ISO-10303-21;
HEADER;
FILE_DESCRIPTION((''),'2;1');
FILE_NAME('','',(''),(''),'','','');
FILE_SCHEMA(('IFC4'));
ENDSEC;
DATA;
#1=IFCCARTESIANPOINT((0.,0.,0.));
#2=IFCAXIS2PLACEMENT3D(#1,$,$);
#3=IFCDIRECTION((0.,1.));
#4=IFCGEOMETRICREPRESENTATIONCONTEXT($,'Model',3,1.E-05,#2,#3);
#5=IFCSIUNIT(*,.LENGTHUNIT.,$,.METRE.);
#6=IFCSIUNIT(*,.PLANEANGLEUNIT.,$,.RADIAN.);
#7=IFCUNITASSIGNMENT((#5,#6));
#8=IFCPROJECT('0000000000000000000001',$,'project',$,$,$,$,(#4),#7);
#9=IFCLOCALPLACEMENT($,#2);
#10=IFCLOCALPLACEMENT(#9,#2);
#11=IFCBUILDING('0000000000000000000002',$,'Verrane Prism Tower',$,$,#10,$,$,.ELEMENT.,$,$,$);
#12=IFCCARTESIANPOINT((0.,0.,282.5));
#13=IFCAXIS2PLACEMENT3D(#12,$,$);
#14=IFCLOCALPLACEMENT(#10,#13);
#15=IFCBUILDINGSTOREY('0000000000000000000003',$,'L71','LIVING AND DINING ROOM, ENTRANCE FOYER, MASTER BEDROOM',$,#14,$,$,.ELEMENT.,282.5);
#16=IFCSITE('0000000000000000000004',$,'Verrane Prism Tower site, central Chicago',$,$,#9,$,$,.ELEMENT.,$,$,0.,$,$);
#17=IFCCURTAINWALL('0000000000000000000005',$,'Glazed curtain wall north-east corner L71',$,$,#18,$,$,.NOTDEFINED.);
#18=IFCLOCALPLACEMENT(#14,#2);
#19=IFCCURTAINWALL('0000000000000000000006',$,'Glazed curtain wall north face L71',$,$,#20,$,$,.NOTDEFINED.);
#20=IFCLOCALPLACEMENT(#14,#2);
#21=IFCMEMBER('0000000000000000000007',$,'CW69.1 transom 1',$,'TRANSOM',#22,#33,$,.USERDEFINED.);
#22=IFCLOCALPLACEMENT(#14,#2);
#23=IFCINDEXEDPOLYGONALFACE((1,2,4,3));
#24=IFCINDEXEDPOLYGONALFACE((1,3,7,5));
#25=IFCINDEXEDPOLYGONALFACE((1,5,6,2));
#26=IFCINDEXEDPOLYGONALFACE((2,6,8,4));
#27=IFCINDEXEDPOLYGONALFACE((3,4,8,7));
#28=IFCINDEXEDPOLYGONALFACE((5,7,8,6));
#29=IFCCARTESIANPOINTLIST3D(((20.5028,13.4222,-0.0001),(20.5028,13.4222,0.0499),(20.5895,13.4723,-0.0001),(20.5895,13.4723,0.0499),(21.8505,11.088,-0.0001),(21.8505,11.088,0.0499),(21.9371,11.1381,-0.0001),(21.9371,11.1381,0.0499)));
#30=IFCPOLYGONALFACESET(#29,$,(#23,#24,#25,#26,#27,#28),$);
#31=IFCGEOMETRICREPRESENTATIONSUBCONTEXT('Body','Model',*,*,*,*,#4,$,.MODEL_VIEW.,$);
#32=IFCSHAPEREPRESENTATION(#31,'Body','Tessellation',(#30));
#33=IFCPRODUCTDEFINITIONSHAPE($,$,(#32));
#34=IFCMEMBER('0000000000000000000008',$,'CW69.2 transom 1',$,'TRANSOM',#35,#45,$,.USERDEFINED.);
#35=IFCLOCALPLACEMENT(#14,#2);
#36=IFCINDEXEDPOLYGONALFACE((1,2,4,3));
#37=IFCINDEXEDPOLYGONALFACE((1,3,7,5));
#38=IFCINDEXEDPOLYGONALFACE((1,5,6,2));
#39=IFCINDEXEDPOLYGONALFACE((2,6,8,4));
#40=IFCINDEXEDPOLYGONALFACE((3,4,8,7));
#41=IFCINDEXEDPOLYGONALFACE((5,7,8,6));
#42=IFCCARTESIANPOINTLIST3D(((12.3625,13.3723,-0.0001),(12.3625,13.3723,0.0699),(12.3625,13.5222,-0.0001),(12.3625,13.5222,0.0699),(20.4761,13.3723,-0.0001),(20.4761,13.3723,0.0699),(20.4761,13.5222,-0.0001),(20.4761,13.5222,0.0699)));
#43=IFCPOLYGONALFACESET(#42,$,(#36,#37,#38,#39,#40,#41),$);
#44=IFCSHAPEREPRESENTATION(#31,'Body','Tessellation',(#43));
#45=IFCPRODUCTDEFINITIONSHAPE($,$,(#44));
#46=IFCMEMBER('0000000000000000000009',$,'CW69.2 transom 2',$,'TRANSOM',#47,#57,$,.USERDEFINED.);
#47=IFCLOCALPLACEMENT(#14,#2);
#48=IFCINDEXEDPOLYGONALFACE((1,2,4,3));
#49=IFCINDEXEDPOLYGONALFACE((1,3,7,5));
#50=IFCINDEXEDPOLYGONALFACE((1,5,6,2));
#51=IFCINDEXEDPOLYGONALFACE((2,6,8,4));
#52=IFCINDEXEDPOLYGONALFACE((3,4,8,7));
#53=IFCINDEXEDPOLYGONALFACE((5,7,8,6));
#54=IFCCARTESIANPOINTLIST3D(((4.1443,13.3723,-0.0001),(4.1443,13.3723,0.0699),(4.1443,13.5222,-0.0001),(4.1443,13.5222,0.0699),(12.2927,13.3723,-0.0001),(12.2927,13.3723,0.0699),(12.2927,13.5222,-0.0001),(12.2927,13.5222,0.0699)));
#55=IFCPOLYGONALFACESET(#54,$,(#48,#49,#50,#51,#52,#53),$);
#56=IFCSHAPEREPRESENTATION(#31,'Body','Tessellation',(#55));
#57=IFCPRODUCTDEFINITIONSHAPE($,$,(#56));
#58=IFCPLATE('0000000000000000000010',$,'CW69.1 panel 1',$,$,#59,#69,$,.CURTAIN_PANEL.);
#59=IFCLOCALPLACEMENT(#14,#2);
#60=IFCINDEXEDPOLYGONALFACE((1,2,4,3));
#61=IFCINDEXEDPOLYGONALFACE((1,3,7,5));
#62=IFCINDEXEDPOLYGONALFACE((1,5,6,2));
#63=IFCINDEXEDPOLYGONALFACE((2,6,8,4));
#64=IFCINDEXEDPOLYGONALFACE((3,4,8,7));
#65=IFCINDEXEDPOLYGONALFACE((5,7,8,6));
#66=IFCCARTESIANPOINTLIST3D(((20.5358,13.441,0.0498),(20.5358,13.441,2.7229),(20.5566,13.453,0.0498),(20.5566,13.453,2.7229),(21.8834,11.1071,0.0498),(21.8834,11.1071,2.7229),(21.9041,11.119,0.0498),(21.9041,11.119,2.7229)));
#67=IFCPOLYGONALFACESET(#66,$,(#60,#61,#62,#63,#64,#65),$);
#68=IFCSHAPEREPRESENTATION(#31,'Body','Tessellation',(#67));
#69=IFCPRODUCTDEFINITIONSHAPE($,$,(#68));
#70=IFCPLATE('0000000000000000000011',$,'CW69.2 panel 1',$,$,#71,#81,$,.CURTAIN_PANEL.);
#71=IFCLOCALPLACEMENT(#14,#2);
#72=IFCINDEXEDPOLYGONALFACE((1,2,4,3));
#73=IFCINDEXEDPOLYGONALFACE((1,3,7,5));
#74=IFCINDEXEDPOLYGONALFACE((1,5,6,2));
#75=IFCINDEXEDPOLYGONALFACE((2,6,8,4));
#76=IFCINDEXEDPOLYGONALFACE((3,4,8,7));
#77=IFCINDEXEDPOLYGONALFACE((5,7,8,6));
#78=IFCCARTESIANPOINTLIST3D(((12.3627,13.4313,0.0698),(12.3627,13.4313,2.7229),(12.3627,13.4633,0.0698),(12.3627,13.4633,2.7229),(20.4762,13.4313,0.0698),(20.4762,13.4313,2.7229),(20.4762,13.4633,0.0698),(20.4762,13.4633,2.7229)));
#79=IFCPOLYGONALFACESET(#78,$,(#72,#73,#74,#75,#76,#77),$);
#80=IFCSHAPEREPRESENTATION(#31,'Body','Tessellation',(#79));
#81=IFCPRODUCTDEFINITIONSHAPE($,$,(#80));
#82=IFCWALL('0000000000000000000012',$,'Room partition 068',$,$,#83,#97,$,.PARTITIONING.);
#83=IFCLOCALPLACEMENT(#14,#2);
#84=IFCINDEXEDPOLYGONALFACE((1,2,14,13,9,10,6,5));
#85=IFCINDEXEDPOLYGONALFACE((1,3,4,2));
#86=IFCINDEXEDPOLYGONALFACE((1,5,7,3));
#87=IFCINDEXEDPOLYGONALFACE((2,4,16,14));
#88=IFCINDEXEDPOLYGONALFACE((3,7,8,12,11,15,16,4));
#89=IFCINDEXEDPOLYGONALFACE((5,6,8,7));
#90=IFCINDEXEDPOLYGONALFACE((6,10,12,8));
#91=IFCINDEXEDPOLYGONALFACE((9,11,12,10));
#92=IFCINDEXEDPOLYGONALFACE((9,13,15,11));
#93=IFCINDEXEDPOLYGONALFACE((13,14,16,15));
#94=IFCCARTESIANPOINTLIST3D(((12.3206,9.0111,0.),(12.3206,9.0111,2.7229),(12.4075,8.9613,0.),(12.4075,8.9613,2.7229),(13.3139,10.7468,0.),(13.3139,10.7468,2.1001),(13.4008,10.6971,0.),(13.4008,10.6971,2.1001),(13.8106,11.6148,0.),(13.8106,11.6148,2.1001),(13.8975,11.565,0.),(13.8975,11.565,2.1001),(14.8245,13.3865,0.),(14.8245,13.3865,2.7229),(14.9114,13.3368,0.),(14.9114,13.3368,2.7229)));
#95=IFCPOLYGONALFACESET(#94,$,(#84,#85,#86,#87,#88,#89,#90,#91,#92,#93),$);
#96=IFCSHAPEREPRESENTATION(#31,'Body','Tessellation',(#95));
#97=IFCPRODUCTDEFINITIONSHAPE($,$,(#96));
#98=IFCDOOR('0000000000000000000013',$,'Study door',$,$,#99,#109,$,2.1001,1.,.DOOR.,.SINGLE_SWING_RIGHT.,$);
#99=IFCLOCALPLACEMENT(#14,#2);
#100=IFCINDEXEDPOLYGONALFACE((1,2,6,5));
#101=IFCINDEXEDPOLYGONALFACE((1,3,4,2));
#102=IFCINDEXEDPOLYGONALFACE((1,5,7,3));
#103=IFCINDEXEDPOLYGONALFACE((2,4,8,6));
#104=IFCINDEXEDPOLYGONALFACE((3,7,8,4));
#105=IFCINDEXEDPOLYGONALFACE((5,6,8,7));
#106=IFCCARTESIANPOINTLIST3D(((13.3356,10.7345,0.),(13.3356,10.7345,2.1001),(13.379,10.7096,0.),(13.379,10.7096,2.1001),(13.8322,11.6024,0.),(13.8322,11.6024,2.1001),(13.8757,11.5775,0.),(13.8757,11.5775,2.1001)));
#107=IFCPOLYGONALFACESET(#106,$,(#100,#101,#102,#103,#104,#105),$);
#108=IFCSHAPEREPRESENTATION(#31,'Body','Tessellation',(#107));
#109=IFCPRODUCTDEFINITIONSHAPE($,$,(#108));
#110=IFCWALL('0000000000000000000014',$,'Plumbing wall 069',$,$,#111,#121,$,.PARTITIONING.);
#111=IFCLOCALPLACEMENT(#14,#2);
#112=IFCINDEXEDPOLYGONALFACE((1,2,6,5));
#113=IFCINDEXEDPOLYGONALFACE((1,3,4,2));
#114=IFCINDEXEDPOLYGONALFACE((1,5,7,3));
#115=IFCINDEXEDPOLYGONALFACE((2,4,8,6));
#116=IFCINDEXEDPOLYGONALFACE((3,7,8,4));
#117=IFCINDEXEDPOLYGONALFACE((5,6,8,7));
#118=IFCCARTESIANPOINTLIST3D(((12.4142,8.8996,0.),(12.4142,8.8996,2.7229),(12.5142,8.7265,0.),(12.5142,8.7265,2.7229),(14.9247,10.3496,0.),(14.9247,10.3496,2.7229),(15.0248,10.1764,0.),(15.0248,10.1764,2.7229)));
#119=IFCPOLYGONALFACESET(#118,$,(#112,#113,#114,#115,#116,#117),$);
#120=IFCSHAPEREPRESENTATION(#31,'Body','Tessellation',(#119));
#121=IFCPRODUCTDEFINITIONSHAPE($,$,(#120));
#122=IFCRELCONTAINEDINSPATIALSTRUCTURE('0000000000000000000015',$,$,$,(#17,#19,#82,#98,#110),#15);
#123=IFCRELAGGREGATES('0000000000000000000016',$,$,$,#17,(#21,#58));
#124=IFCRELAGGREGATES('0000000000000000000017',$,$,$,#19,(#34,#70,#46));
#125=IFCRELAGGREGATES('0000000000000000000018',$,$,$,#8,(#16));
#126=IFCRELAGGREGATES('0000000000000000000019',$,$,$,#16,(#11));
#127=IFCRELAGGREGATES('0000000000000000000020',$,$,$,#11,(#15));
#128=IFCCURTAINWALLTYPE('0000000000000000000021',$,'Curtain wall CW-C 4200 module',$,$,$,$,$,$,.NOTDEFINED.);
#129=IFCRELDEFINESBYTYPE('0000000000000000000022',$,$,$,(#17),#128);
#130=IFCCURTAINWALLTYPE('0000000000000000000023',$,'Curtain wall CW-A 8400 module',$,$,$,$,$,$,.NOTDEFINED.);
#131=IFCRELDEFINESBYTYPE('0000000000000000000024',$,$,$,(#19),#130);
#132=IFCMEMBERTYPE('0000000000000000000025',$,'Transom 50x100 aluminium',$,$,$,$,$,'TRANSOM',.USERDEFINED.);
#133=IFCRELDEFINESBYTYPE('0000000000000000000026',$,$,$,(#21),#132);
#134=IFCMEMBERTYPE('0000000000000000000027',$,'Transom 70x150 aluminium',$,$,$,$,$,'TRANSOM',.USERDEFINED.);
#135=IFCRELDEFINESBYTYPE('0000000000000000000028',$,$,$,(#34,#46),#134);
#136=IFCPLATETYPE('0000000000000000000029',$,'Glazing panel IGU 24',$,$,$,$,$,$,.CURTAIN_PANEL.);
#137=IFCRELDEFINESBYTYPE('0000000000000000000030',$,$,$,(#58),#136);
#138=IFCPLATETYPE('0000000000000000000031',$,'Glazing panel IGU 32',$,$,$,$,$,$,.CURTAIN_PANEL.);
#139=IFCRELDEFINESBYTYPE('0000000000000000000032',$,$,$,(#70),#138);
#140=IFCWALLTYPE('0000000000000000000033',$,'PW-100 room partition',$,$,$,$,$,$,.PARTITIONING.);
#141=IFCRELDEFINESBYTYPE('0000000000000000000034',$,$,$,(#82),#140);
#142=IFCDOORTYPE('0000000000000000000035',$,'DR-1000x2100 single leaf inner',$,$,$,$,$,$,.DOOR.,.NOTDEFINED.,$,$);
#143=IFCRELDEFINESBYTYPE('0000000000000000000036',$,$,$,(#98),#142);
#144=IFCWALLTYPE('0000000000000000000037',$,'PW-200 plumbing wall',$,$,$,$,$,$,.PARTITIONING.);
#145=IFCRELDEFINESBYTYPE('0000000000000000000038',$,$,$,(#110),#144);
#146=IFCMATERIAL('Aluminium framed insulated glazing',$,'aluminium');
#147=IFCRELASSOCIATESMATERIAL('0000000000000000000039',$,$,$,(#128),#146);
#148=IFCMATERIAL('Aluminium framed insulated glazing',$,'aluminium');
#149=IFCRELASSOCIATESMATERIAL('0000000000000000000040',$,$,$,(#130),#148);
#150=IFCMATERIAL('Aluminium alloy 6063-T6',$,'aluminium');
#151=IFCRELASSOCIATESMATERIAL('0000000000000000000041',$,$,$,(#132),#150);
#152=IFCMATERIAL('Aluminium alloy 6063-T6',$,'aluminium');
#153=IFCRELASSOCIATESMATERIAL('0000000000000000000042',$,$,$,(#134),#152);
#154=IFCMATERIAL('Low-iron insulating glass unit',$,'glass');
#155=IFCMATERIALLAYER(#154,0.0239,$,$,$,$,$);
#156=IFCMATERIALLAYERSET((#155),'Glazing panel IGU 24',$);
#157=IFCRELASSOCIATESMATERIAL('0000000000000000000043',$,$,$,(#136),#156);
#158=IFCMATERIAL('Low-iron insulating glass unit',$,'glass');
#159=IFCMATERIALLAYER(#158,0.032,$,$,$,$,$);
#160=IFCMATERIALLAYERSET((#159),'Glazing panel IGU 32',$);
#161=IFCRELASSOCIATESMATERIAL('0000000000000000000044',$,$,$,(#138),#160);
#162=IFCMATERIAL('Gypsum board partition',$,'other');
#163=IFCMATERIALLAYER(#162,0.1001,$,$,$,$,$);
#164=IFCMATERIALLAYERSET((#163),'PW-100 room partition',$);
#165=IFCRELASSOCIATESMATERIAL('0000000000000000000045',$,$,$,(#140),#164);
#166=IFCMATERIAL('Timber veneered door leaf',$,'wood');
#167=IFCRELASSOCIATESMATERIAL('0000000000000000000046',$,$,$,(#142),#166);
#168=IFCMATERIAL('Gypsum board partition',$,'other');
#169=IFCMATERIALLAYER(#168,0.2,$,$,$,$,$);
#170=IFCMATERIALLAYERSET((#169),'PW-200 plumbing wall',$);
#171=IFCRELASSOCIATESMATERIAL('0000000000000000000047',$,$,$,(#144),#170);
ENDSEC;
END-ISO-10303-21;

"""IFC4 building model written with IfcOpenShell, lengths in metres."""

from ifc_helpers import new_model, si_unit, direction, frame, frame_2d, origin, origin_2d, place, context, subcontext, project, spatial, rectangle, extrude, material, layer, layer_set, material_profile, profile_set, type_object, element, fill, aggregate, save


model = new_model("IFC4")

# Units and contexts
model_context = context("Model", 3, precision=1e-05, world=origin(), true_north=direction((0.0, 1.0)))
body_context = subcontext(model_context, "Body", "Model", "MODEL_VIEW")
ifc_project = project(units=[si_unit("LENGTHUNIT", "METRE"), si_unit("PLANEANGLEUNIT", "RADIAN")], contexts=[model_context])

# Site, building, storey
site_placement = place(None, origin())
site = spatial("IfcSite", under=ifc_project, at=site_placement, Name="Verrane Prism Tower site, central Chicago", CompositionType="ELEMENT", RefElevation=0.0)
building_placement = place(site_placement, origin())
building = spatial("IfcBuilding", under=site, at=building_placement, Name="Verrane Prism Tower", CompositionType="ELEMENT")
storey_placement = place(building_placement, frame((0.0, 0.0, 282.5)))
storey = spatial("IfcBuildingStorey", under=building, at=storey_placement, Name="L71", Description="LIVING AND DINING ROOM, ENTRANCE FOYER, MASTER BEDROOM", CompositionType="ELEMENT", Elevation=282.5)

# Curtain wall
ifc_material_1 = material(Name="Aluminium framed insulated glazing", Category="aluminium")
curtain_wall_type_1 = type_object("IfcCurtainWallType", Name="Curtain wall CW-C 4200 module", PredefinedType="NOTDEFINED", material=ifc_material_1)
curtain_wall_1_placement = place(storey_placement, origin())
curtain_wall_1 = element("IfcCurtainWall", 1, at=curtain_wall_1_placement, inside=storey, type_object=curtain_wall_type_1, Name="Glazed curtain wall north-east corner L71", PredefinedType="NOTDEFINED")

# Curtain wall
ifc_material_2 = material(Name="Aluminium framed insulated glazing", Category="aluminium")
curtain_wall_type_2 = type_object("IfcCurtainWallType", Name="Curtain wall CW-A 8400 module", PredefinedType="NOTDEFINED", material=ifc_material_2)
curtain_wall_2_placement = place(storey_placement, origin())
curtain_wall_2 = element("IfcCurtainWall", 2, at=curtain_wall_2_placement, inside=storey, type_object=curtain_wall_type_2, Name="Glazed curtain wall north face L71", PredefinedType="NOTDEFINED")

# Members
ifc_material_3 = material(Name="Aluminium alloy 6063-T6", Category="aluminium")
ifc_material_profile_1 = material_profile(ifc_material_3, rectangle(XDim=0.1001, YDim=0.05, at=origin_2d()), Name="Transom 50x100 aluminium")
ifc_profile_set_1 = profile_set([ifc_material_profile_1], Name="Aluminium alloy 6063-T6")
member_type_1 = type_object("IfcMemberType", Name="Transom 50x100 aluminium", ElementType="TRANSOM", PredefinedType="USERDEFINED", material=ifc_profile_set_1)
member_1_placement = place(storey_placement, frame((21.8938, 11.113, 0.0249), z_axis=(-0.499997, 0.866027, 0.0), x_axis=(-0.866027, -0.499997, 0.0)))
member_1 = element("IfcMember", 3, at=member_1_placement, type_object=member_type_1, Name="CW69.1 transom 1", ObjectType="TRANSOM", PredefinedType="USERDEFINED", context=body_context, shape_type="SweptSolid", body=[
    extrude(rectangle(XDim=0.1001, YDim=0.05, at=origin_2d()), origin(), (0.0, 0.0, 1.0), 2.6953),
])
ifc_material_4 = material(Name="Aluminium alloy 6063-T6", Category="aluminium")
ifc_material_profile_2 = material_profile(ifc_material_4, rectangle(XDim=0.1499, YDim=0.0701, at=origin_2d()), Name="Transom 70x150 aluminium")
ifc_profile_set_2 = profile_set([ifc_material_profile_2], Name="Aluminium alloy 6063-T6")
member_type_2 = type_object("IfcMemberType", Name="Transom 70x150 aluminium", ElementType="TRANSOM", PredefinedType="USERDEFINED", material=ifc_profile_set_2)
member_2_placement = place(storey_placement, frame((20.4761, 13.4473, 0.0349), z_axis=(-1.0, 0.0, 0.0), x_axis=(0.0, -1.0, 0.0)))
member_2 = element("IfcMember", 4, at=member_2_placement, type_object=member_type_2, Name="CW69.2 transom 1", ObjectType="TRANSOM", PredefinedType="USERDEFINED", context=body_context, shape_type="SweptSolid", body=[
    extrude(rectangle(XDim=0.1499, YDim=0.0701, at=origin_2d()), origin(), (0.0, 0.0, 1.0), 8.1135),
])
member_3_placement = place(storey_placement, frame((12.2927, 13.4473, 0.0349), z_axis=(-1.0, 0.0, 0.0), x_axis=(0.0, -1.0, 0.0)))
member_3 = element("IfcMember", 5, at=member_3_placement, type_object=member_type_2, Name="CW69.2 transom 2", ObjectType="TRANSOM", PredefinedType="USERDEFINED", context=body_context, shape_type="SweptSolid", body=[
    extrude(rectangle(XDim=0.1499, YDim=0.0701, at=origin_2d()), origin(), (0.0, 0.0, 1.0), 8.1484),
])

# Plates
ifc_material_5 = material(Name="Low-iron insulating glass unit", Category="glass")
ifc_layer_1 = layer(ifc_material_5, 0.0239)
ifc_layer_set_1 = layer_set([ifc_layer_1], Name="Glazing panel IGU 24")
plate_type_1 = type_object("IfcPlateType", Name="Glazing panel IGU 24", PredefinedType="CURTAIN_PANEL", material=ifc_layer_set_1)
plate_1_placement = place(storey_placement, frame((21.22, 12.28, 0.0498), z_axis=(0.0, 0.0, 1.0), x_axis=(-0.500002, 0.866024, 0.0)))
plate_1 = element("IfcPlate", 6, at=plate_1_placement, type_object=plate_type_1, Name="CW69.1 panel 1", PredefinedType="CURTAIN_PANEL", context=body_context, shape_type="SweptSolid", body=[
    extrude(rectangle(XDim=2.6951, YDim=0.0239, at=origin_2d()), origin(), (0.0, 0.0, 1.0), 2.6731),
])
aggregate(curtain_wall_1, [member_1, plate_1])
ifc_material_6 = material(Name="Low-iron insulating glass unit", Category="glass")
ifc_layer_2 = layer(ifc_material_6, 0.032)
ifc_layer_set_2 = layer_set([ifc_layer_2], Name="Glazing panel IGU 32")
plate_type_2 = type_object("IfcPlateType", Name="Glazing panel IGU 32", PredefinedType="CURTAIN_PANEL", material=ifc_layer_set_2)
plate_2_placement = place(storey_placement, frame((16.4194, 13.4473, 0.0698), z_axis=(0.0, 0.0, 1.0), x_axis=(-1.0, 0.0, 0.0)))
plate_2 = element("IfcPlate", 7, at=plate_2_placement, type_object=plate_type_2, Name="CW69.2 panel 1", PredefinedType="CURTAIN_PANEL", context=body_context, shape_type="SweptSolid", body=[
    extrude(rectangle(XDim=8.1135, YDim=0.032, at=origin_2d()), origin(), (0.0, 0.0, 1.0), 2.6531),
])
aggregate(curtain_wall_2, [member_2, plate_2, member_3])

# Wall, opening, door
ifc_material_7 = material(Name="Gypsum board partition", Category="other")
ifc_layer_3 = layer(ifc_material_7, 0.1001)
ifc_layer_set_3 = layer_set([ifc_layer_3], Name="PW-100 room partition")
wall_type_1 = type_object("IfcWallType", Name="PW-100 room partition", PredefinedType="PARTITIONING", material=ifc_layer_set_3)
wall_1_placement = place(storey_placement, frame((14.8679, 13.3616, 0.0), z_axis=(0.0, 0.0, 1.0), x_axis=(-0.496681, -0.867933, 0.0)))
wall_1 = element("IfcWall", 8, at=wall_1_placement, inside=storey, type_object=wall_type_1, Name="Room partition 068", PredefinedType="PARTITIONING", context=body_context, shape_type="SweptSolid", body=[
    extrude(rectangle(XDim=5.0413, YDim=0.1001, at=frame_2d((2.5205, 0.0))), origin(), (0.0, 0.0, 1.0), 2.7229),
])
opening_placement = place(wall_1_placement, frame((2.0413, 0.0, 0.0)))
opening = element("IfcOpeningElement", 9, at=opening_placement, cuts=wall_1, PredefinedType="OPENING", context=body_context, shape_type="SweptSolid", body=[
    extrude(rectangle(XDim=1.0, YDim=2.1001, at=frame_2d((0.5, 1.05))), frame((0.0, 0.0601, 0.0), z_axis=(0.0, -1.0, 0.0), x_axis=(1.0, 0.0, 0.0)), (0.0, 0.0, 1.0), 0.1201),
])
ifc_material_8 = material(Name="Timber veneered door leaf", Category="wood")
door_type = type_object("IfcDoorType", Name="DR-1000x2100 single leaf inner", OperationType="NOTDEFINED", PredefinedType="DOOR", material=ifc_material_8)
door_placement = place(opening_placement, origin())
door = element("IfcDoor", 10, at=door_placement, inside=storey, type_object=door_type, Name="Study door", OperationType="SINGLE_SWING_RIGHT", OverallHeight=2.1001, OverallWidth=1.0, PredefinedType="DOOR", context=body_context, shape_type="SweptSolid", body=[
    extrude(rectangle(XDim=1.0, YDim=2.1001, at=frame_2d((0.5, 1.05))), frame((0.0, 0.0249, 0.0), z_axis=(0.0, -1.0, 0.0), x_axis=(1.0, 0.0, 0.0)), (0.0, 0.0, 1.0), 0.05),
])
fill(opening, door)

# Wall
ifc_material_9 = material(Name="Gypsum board partition", Category="other")
ifc_layer_4 = layer(ifc_material_9, 0.2)
ifc_layer_set_4 = layer_set([ifc_layer_4], Name="PW-200 plumbing wall")
wall_type_2 = type_object("IfcWallType", Name="PW-200 plumbing wall", PredefinedType="PARTITIONING", material=ifc_layer_set_4)
wall_2_placement = place(storey_placement, frame((12.4641, 8.813, 0.0), z_axis=(0.0, 0.0, 1.0), x_axis=(0.865949, 0.500133, 0.0)))
element("IfcWall", 11, at=wall_2_placement, inside=storey, type_object=wall_type_2, Name="Plumbing wall 069", PredefinedType="PARTITIONING", context=body_context, shape_type="SweptSolid", body=[
    extrude(rectangle(XDim=2.8992, YDim=0.2, at=frame_2d((1.4497, 0.0))), origin(), (0.0, 0.0, 1.0), 2.7229),
])

save(model, "model.ifc")
